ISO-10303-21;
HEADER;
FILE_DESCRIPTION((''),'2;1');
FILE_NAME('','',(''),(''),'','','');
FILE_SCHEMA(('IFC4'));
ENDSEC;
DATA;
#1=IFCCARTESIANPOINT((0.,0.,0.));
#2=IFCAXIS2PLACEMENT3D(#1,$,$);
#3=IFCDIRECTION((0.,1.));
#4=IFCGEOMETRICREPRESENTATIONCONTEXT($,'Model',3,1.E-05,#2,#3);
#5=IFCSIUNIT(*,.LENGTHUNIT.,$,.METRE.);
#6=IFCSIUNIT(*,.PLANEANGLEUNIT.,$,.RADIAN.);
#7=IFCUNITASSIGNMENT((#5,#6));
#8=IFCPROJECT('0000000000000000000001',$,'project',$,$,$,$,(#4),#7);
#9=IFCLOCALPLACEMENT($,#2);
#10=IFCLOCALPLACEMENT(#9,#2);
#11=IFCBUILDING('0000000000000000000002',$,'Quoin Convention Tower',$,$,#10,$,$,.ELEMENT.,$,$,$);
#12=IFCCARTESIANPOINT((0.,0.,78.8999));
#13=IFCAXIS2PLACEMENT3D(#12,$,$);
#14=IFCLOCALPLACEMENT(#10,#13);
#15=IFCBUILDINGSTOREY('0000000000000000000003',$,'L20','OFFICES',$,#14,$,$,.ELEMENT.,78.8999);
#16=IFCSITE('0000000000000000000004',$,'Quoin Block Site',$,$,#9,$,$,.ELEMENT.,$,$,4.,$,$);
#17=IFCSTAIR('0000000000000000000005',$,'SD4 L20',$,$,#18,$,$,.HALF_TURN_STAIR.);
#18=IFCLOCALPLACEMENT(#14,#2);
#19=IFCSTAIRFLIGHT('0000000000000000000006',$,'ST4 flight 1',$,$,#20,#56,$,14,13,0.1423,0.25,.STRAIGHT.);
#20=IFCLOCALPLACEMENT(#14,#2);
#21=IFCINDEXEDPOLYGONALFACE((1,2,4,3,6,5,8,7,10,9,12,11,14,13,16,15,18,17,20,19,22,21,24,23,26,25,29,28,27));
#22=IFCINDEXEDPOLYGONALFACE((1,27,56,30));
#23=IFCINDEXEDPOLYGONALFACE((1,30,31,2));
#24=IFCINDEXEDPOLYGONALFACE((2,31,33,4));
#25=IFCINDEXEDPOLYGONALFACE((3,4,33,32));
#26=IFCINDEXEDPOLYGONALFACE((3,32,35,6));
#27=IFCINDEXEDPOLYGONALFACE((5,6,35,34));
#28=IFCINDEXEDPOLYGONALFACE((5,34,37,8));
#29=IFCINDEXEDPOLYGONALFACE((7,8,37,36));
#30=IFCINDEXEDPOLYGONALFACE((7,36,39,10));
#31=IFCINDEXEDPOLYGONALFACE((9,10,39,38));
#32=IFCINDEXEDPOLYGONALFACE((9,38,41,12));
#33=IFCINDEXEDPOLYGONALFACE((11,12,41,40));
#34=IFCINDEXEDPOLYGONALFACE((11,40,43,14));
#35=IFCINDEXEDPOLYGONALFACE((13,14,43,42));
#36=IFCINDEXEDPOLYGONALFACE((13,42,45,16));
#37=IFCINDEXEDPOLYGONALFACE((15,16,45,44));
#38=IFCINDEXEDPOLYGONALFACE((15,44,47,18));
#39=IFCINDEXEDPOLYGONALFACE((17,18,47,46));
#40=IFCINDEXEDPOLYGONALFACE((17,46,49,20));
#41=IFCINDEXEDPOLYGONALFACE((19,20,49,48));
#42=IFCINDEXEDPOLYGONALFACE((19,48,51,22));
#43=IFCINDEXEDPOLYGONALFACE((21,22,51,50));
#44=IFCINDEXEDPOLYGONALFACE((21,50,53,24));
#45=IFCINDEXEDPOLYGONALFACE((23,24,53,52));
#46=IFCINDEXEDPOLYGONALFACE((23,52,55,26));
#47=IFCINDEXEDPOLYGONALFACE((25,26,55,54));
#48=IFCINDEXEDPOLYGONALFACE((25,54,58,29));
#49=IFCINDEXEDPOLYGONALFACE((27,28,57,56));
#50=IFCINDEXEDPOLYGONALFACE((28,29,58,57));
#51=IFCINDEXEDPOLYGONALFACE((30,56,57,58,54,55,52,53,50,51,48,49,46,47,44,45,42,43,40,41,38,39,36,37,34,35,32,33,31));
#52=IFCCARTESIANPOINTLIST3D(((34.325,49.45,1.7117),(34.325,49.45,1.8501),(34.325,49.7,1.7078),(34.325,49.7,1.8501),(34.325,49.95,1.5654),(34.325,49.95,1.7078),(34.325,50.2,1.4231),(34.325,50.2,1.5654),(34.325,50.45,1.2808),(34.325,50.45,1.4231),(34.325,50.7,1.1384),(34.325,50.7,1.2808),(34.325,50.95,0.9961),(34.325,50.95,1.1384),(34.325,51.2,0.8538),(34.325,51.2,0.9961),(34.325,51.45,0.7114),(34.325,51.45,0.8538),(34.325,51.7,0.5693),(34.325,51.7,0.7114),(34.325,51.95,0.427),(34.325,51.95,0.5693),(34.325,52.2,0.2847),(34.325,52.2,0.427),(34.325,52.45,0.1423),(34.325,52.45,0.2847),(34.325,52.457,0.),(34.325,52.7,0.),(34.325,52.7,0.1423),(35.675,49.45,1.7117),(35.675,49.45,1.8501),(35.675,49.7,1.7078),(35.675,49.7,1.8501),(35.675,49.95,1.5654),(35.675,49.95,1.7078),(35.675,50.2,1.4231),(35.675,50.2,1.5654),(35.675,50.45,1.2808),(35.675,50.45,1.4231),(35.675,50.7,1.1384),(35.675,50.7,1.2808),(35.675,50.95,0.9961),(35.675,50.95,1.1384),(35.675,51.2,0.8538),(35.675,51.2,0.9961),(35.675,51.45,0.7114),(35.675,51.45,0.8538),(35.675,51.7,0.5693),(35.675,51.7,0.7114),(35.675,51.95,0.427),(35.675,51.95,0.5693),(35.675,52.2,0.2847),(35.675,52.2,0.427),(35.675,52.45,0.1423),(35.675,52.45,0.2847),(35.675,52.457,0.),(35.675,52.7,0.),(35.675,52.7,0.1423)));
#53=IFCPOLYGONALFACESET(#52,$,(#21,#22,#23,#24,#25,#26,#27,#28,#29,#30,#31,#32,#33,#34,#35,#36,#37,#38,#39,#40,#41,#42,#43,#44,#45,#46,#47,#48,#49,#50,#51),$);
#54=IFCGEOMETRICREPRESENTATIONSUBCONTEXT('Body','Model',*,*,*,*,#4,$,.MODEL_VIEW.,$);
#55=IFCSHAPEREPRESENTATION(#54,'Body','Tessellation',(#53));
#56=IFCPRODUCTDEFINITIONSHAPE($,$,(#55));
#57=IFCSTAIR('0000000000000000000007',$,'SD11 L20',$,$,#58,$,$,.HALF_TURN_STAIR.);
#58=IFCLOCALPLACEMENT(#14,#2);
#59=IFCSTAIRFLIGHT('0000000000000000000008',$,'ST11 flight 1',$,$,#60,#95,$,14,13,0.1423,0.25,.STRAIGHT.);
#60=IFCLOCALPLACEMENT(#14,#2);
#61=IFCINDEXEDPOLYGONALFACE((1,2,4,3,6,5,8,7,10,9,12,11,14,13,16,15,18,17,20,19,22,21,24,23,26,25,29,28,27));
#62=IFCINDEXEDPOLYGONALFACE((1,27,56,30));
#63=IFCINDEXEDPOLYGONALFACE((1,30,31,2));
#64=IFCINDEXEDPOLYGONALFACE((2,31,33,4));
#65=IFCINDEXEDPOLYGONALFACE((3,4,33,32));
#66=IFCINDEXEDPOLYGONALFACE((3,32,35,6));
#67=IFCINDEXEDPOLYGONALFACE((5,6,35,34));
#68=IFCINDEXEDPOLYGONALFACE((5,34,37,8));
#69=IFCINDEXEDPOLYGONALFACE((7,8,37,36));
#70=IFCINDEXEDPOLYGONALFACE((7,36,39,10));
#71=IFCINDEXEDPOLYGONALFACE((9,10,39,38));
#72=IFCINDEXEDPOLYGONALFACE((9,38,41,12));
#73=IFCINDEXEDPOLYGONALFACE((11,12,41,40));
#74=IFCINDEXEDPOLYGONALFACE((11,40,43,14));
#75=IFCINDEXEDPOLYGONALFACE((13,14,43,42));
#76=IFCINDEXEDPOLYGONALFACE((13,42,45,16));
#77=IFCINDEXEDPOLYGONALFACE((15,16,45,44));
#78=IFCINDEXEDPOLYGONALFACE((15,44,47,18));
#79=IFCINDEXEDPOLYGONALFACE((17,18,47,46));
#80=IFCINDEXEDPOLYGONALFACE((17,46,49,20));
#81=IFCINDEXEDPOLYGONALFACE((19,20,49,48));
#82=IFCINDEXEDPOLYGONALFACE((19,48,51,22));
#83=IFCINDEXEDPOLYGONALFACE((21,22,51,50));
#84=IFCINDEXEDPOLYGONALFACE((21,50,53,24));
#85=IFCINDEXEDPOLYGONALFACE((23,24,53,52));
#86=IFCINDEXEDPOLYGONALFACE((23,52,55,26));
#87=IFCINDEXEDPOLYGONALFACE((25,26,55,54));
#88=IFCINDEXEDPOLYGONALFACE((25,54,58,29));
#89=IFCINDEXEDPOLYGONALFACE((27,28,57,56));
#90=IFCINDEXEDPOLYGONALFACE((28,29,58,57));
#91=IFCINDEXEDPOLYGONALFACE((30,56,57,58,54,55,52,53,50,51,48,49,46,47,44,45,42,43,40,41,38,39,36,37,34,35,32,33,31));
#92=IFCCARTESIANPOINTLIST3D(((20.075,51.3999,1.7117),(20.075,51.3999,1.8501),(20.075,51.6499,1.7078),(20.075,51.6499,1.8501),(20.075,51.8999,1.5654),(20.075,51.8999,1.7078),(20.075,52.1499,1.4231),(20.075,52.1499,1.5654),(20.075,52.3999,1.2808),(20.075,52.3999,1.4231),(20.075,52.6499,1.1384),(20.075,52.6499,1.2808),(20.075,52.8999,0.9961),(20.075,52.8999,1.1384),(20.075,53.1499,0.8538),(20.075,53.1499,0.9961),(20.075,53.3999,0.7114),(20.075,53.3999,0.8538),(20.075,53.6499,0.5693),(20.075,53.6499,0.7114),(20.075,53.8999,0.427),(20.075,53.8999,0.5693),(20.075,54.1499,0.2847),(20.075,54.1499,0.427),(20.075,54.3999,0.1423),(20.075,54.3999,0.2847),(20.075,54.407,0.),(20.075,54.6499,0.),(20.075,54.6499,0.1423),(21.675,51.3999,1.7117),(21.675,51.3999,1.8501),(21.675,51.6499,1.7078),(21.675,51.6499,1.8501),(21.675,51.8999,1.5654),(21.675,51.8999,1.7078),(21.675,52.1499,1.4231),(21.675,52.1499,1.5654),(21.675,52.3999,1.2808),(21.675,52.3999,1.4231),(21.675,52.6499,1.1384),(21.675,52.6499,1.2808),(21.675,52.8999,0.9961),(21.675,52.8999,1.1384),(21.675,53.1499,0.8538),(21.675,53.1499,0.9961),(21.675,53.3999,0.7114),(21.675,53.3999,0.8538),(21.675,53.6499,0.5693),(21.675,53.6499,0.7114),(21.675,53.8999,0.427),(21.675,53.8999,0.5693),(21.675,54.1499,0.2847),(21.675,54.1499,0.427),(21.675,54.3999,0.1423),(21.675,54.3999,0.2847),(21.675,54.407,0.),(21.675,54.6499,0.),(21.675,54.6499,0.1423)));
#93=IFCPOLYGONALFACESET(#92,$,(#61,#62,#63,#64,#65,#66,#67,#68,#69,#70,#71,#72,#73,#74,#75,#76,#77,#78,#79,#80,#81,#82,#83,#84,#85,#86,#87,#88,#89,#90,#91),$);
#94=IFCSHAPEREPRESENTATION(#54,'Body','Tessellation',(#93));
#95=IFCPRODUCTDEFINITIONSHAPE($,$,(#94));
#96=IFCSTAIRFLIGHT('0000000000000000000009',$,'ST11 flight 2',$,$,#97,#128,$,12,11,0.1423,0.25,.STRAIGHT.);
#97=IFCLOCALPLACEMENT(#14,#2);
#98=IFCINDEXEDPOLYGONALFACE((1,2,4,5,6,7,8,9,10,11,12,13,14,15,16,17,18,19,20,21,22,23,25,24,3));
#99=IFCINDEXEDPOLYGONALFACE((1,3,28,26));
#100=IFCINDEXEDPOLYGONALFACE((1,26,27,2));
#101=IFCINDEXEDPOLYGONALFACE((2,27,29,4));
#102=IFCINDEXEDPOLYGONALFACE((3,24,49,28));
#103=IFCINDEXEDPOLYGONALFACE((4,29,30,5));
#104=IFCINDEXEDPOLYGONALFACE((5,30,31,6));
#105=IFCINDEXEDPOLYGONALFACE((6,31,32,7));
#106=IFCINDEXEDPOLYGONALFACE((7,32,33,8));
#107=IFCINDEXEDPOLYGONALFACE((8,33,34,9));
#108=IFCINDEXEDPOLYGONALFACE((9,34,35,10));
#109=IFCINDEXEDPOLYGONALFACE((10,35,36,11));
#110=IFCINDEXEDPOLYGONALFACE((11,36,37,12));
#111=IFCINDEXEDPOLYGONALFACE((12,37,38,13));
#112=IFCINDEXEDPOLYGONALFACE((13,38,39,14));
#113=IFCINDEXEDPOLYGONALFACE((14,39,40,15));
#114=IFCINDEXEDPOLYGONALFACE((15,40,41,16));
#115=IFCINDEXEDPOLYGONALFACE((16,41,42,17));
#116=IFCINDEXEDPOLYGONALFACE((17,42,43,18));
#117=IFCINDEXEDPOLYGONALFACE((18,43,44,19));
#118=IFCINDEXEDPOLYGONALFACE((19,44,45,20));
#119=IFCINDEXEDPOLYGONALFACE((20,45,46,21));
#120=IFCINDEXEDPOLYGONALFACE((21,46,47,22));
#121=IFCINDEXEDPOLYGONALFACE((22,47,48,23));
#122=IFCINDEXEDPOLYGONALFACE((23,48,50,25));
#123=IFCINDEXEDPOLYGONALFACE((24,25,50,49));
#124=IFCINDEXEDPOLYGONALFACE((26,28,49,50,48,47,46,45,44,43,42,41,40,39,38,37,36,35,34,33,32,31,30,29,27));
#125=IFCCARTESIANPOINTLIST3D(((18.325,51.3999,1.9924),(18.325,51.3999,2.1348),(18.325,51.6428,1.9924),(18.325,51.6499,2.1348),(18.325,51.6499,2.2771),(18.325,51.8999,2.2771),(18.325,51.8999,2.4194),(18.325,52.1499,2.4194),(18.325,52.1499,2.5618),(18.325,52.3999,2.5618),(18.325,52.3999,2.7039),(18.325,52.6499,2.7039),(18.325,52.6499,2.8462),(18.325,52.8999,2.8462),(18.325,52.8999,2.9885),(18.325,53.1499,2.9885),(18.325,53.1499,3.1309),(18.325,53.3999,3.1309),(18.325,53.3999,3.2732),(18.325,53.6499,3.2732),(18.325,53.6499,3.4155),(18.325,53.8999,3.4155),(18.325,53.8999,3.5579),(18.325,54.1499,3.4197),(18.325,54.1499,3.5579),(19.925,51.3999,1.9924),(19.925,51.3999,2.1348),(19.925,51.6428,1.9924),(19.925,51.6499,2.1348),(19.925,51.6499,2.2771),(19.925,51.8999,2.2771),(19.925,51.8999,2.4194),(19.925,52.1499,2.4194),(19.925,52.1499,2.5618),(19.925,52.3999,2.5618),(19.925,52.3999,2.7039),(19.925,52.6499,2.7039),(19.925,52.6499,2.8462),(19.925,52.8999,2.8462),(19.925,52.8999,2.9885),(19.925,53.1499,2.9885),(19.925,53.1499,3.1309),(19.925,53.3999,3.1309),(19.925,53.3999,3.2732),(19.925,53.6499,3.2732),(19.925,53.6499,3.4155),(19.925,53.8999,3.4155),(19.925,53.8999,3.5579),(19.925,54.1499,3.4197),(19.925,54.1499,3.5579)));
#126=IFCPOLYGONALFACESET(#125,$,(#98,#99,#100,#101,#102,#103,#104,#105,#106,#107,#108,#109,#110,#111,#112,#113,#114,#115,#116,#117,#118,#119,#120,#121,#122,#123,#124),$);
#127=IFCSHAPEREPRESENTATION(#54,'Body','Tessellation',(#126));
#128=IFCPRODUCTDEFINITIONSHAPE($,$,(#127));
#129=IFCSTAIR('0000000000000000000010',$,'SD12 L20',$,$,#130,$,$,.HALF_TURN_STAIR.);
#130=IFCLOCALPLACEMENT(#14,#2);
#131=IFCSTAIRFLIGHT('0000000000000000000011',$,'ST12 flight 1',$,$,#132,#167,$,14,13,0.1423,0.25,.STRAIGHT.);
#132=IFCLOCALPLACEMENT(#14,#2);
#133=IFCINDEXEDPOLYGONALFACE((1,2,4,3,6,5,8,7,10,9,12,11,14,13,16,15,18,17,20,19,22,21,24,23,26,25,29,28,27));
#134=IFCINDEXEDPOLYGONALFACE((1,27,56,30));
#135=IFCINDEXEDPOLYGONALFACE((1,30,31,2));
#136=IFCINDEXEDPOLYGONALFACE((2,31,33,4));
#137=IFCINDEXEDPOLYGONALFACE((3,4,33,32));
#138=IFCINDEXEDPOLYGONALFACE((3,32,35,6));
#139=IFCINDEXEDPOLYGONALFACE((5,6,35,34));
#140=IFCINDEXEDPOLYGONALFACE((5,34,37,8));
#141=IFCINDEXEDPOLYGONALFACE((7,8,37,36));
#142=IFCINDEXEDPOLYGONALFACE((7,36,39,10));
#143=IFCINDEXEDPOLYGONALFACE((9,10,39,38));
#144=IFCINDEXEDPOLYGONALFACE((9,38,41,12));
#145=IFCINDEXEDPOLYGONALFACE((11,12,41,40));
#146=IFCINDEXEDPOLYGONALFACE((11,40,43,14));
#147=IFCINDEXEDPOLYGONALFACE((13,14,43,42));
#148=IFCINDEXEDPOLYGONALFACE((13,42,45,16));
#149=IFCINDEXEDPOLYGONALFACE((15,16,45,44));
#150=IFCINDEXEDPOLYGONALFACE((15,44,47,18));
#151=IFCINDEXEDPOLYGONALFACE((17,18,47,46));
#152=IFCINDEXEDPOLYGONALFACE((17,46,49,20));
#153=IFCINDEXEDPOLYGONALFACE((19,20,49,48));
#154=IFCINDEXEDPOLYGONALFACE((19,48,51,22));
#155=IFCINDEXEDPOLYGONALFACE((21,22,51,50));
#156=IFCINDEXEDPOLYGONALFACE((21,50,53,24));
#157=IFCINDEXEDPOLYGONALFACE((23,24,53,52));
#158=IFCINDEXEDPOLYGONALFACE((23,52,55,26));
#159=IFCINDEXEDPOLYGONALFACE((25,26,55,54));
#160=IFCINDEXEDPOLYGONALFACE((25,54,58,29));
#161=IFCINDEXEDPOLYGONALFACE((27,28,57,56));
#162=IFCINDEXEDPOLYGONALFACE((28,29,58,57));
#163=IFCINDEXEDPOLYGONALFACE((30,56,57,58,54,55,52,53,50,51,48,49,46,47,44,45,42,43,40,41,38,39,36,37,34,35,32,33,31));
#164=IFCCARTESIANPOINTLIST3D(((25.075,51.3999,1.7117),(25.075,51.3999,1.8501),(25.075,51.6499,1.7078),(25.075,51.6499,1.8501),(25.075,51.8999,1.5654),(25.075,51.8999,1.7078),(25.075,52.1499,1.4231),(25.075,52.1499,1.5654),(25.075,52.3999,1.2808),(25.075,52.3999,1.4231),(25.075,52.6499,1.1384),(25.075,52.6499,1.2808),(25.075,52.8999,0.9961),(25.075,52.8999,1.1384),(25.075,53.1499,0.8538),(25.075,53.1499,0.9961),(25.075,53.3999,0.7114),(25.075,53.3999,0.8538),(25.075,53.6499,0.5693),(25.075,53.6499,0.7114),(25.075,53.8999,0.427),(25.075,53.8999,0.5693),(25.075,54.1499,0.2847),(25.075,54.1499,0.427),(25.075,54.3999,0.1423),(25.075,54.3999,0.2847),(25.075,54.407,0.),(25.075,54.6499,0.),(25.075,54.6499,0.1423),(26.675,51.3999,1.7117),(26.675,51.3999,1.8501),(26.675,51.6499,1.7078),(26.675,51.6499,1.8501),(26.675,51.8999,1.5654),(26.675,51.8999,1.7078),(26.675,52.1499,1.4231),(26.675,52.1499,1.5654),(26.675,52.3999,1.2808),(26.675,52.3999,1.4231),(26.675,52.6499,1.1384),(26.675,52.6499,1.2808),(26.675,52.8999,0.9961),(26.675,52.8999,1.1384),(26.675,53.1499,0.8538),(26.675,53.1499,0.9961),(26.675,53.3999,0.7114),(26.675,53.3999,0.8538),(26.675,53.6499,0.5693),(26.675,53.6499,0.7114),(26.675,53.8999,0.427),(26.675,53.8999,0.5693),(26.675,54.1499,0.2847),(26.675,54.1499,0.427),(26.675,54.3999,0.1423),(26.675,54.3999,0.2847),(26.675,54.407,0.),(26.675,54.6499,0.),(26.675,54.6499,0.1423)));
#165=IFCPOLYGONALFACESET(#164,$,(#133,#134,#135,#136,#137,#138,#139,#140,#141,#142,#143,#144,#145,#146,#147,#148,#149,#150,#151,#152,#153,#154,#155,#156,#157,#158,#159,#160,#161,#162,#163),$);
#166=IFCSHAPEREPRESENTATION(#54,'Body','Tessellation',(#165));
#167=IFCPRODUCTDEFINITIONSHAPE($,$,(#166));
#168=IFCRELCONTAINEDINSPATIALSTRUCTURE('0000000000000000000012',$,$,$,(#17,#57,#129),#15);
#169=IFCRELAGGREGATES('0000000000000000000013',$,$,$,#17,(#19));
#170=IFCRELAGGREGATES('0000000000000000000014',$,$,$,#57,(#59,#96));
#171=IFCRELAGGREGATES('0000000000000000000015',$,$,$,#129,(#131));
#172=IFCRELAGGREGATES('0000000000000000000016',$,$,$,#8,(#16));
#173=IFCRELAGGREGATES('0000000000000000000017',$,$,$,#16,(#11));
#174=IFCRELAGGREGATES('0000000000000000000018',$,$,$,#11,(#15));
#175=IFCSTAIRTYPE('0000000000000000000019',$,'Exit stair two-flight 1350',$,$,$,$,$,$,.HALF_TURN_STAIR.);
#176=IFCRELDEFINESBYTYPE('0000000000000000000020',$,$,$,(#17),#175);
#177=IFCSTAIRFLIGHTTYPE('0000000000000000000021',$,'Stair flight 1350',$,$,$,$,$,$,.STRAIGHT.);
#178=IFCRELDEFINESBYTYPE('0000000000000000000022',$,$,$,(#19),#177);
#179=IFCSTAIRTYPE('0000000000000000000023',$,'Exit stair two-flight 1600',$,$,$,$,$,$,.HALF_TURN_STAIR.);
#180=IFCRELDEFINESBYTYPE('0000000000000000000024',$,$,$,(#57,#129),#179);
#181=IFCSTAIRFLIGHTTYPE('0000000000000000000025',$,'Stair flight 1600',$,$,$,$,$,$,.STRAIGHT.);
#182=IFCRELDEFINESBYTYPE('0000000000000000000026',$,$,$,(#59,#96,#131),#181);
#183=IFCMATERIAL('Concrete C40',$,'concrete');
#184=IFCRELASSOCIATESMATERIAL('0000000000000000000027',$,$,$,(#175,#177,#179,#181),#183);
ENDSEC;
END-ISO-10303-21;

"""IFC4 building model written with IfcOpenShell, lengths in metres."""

from ifc_helpers import new_model, si_unit, direction, frame, origin, place, context, subcontext, project, spatial, polyline, outline, extrude, material, type_object, element, aggregate, save


model = new_model("IFC4")

# Units and contexts
model_context = context("Model", 3, precision=1e-05, world=origin(), true_north=direction((0.0, 1.0)))
body_context = subcontext(model_context, "Body", "Model", "MODEL_VIEW")
ifc_project = project(units=[si_unit("LENGTHUNIT", "METRE"), si_unit("PLANEANGLEUNIT", "RADIAN")], contexts=[model_context])

# Site, building, storey
site_placement = place(None, origin())
site = spatial("IfcSite", under=ifc_project, at=site_placement, Name="Quoin Block Site", CompositionType="ELEMENT", RefElevation=4.0)
building_placement = place(site_placement, origin())
building = spatial("IfcBuilding", under=site, at=building_placement, Name="Quoin Convention Tower", CompositionType="ELEMENT")
storey_placement = place(building_placement, frame((0.0, 0.0, 78.8999)))
storey = spatial("IfcBuildingStorey", under=building, at=storey_placement, Name="L20", Description="OFFICES", CompositionType="ELEMENT", Elevation=78.8999)

# Stair, stair flight
ifc_material_1 = material(Name="Concrete C40", Category="concrete")
stair_type_1 = type_object("IfcStairType", Name="Exit stair two-flight 1350", PredefinedType="HALF_TURN_STAIR", material=ifc_material_1)
stair_1_placement = place(storey_placement, origin())
stair_1 = element("IfcStair", 1, at=stair_1_placement, inside=storey, type_object=stair_type_1, Name="SD4 L20", PredefinedType="HALF_TURN_STAIR")
stair_flight_type_1 = type_object("IfcStairFlightType", Name="Stair flight 1350", PredefinedType="STRAIGHT", material=ifc_material_1)
stair_flight_1_placement = place(storey_placement, frame((35.0, 52.7, 0.0), z_axis=(0.0, 0.0, 1.0), x_axis=(0.0, -1.0, 0.0)))
stair_flight_1 = element("IfcStairFlight", 2, at=stair_flight_1_placement, type_object=stair_flight_type_1, Name="ST4 flight 1", NumberOfRisers=14, NumberOfTreads=13, PredefinedType="STRAIGHT", RiserHeight=0.1423, TreadLength=0.25, context=body_context, shape_type="SweptSolid", body=[
    extrude(outline(polyline([(0.0, 0.0), (0.0, 0.1423), (0.25, 0.1423), (0.25, 0.2847), (0.5, 0.2847), (0.5, 0.427), (0.75, 0.427), (0.75, 0.5693), (1.0, 0.5693), (1.0, 0.7114), (1.25, 0.7114), (1.25, 0.8538), (1.5, 0.8538), (1.5, 0.9961), (1.75, 0.9961), (1.75, 1.1384), (2.0, 1.1384), (2.0, 1.2808), (2.25, 1.2808), (2.25, 1.4231), (2.5, 1.4231), (2.5, 1.5654), (2.75, 1.5654), (2.75, 1.7078), (3.0, 1.7078), (3.0, 1.8501), (3.25, 1.8501), (3.25, 1.9922), (3.25, 1.7117), (0.2429, 0.0), (0.0, 0.0)])), frame((0.0, 0.675, 0.0), z_axis=(0.0, -1.0, 0.0), x_axis=(1.0, 0.0, 0.0)), (0.0, 0.0, 1.0), 1.3501),
])
aggregate(stair_1, [stair_flight_1])

# Stairs, stair flights
stair_type_2 = type_object("IfcStairType", Name="Exit stair two-flight 1600", PredefinedType="HALF_TURN_STAIR", material=ifc_material_1)
stair_2_placement = place(storey_placement, origin())
stair_2 = element("IfcStair", 3, at=stair_2_placement, inside=storey, type_object=stair_type_2, Name="SD11 L20", PredefinedType="HALF_TURN_STAIR")
stair_flight_type_2 = type_object("IfcStairFlightType", Name="Stair flight 1600", PredefinedType="STRAIGHT", material=ifc_material_1)
stair_flight_2_placement = place(storey_placement, frame((20.875, 54.6499, 0.0), z_axis=(0.0, 0.0, 1.0), x_axis=(0.0, -1.0, 0.0)))
stair_flight_2 = element("IfcStairFlight", 4, at=stair_flight_2_placement, type_object=stair_flight_type_2, Name="ST11 flight 1", NumberOfRisers=14, NumberOfTreads=13, PredefinedType="STRAIGHT", RiserHeight=0.1423, TreadLength=0.25, context=body_context, shape_type="SweptSolid", body=[
    extrude(outline(polyline([(0.0, 0.0), (0.0, 0.1423), (0.25, 0.1423), (0.25, 0.2847), (0.5, 0.2847), (0.5, 0.427), (0.75, 0.427), (0.75, 0.5693), (1.0, 0.5693), (1.0, 0.7114), (1.25, 0.7114), (1.25, 0.8538), (1.5, 0.8538), (1.5, 0.9961), (1.75, 0.9961), (1.75, 1.1384), (2.0, 1.1384), (2.0, 1.2808), (2.25, 1.2808), (2.25, 1.4231), (2.5, 1.4231), (2.5, 1.5654), (2.75, 1.5654), (2.75, 1.7078), (3.0, 1.7078), (3.0, 1.8501), (3.25, 1.8501), (3.25, 1.9922), (3.25, 1.7117), (0.2429, 0.0), (0.0, 0.0)])), frame((0.0, 0.8, 0.0), z_axis=(0.0, -1.0, 0.0), x_axis=(1.0, 0.0, 0.0)), (0.0, 0.0, 1.0), 1.6001),
])
stair_flight_3_placement = place(storey_placement, frame((19.125, 51.3999, 1.9924), z_axis=(0.0, 0.0, 1.0), x_axis=(0.0, 1.0, 0.0)))
stair_flight_3 = element("IfcStairFlight", 5, at=stair_flight_3_placement, type_object=stair_flight_type_2, Name="ST11 flight 2", NumberOfRisers=12, NumberOfTreads=11, PredefinedType="STRAIGHT", RiserHeight=0.1423, TreadLength=0.25, context=body_context, shape_type="SweptSolid", body=[
    extrude(outline(polyline([(0.0, 0.0), (0.0, 0.1423), (0.25, 0.1423), (0.25, 0.2847), (0.5, 0.2847), (0.5, 0.427), (0.75, 0.427), (0.75, 0.5693), (1.0, 0.5693), (1.0, 0.7114), (1.25, 0.7114), (1.25, 0.8538), (1.5, 0.8538), (1.5, 0.9961), (1.75, 0.9961), (1.75, 1.1384), (2.0, 1.1384), (2.0, 1.2808), (2.25, 1.2808), (2.25, 1.4231), (2.5, 1.4231), (2.5, 1.5654), (2.75, 1.5654), (2.75, 1.7078), (2.75, 1.4272), (0.2429, 0.0), (0.0, 0.0)])), frame((0.0, 0.8, 0.0), z_axis=(0.0, -1.0, 0.0), x_axis=(1.0, 0.0, 0.0)), (0.0, 0.0, 1.0), 1.6001),
])
aggregate(stair_2, [stair_flight_2, stair_flight_3])
stair_3_placement = place(storey_placement, origin())
stair_3 = element("IfcStair", 6, at=stair_3_placement, inside=storey, type_object=stair_type_2, Name="SD12 L20", PredefinedType="HALF_TURN_STAIR")
stair_flight_4_placement = place(storey_placement, frame((25.875, 54.6499, 0.0), z_axis=(0.0, 0.0, 1.0), x_axis=(0.0, -1.0, 0.0)))
stair_flight_4 = element("IfcStairFlight", 7, at=stair_flight_4_placement, type_object=stair_flight_type_2, Name="ST12 flight 1", NumberOfRisers=14, NumberOfTreads=13, PredefinedType="STRAIGHT", RiserHeight=0.1423, TreadLength=0.25, context=body_context, shape_type="SweptSolid", body=[
    extrude(outline(polyline([(0.0, 0.0), (0.0, 0.1423), (0.25, 0.1423), (0.25, 0.2847), (0.5, 0.2847), (0.5, 0.427), (0.75, 0.427), (0.75, 0.5693), (1.0, 0.5693), (1.0, 0.7114), (1.25, 0.7114), (1.25, 0.8538), (1.5, 0.8538), (1.5, 0.9961), (1.75, 0.9961), (1.75, 1.1384), (2.0, 1.1384), (2.0, 1.2808), (2.25, 1.2808), (2.25, 1.4231), (2.5, 1.4231), (2.5, 1.5654), (2.75, 1.5654), (2.75, 1.7078), (3.0, 1.7078), (3.0, 1.8501), (3.25, 1.8501), (3.25, 1.9922), (3.25, 1.7117), (0.2429, 0.0), (0.0, 0.0)])), frame((0.0, 0.8, 0.0), z_axis=(0.0, -1.0, 0.0), x_axis=(1.0, 0.0, 0.0)), (0.0, 0.0, 1.0), 1.6001),
])
aggregate(stair_3, [stair_flight_4])

save(model, "model.ifc")
